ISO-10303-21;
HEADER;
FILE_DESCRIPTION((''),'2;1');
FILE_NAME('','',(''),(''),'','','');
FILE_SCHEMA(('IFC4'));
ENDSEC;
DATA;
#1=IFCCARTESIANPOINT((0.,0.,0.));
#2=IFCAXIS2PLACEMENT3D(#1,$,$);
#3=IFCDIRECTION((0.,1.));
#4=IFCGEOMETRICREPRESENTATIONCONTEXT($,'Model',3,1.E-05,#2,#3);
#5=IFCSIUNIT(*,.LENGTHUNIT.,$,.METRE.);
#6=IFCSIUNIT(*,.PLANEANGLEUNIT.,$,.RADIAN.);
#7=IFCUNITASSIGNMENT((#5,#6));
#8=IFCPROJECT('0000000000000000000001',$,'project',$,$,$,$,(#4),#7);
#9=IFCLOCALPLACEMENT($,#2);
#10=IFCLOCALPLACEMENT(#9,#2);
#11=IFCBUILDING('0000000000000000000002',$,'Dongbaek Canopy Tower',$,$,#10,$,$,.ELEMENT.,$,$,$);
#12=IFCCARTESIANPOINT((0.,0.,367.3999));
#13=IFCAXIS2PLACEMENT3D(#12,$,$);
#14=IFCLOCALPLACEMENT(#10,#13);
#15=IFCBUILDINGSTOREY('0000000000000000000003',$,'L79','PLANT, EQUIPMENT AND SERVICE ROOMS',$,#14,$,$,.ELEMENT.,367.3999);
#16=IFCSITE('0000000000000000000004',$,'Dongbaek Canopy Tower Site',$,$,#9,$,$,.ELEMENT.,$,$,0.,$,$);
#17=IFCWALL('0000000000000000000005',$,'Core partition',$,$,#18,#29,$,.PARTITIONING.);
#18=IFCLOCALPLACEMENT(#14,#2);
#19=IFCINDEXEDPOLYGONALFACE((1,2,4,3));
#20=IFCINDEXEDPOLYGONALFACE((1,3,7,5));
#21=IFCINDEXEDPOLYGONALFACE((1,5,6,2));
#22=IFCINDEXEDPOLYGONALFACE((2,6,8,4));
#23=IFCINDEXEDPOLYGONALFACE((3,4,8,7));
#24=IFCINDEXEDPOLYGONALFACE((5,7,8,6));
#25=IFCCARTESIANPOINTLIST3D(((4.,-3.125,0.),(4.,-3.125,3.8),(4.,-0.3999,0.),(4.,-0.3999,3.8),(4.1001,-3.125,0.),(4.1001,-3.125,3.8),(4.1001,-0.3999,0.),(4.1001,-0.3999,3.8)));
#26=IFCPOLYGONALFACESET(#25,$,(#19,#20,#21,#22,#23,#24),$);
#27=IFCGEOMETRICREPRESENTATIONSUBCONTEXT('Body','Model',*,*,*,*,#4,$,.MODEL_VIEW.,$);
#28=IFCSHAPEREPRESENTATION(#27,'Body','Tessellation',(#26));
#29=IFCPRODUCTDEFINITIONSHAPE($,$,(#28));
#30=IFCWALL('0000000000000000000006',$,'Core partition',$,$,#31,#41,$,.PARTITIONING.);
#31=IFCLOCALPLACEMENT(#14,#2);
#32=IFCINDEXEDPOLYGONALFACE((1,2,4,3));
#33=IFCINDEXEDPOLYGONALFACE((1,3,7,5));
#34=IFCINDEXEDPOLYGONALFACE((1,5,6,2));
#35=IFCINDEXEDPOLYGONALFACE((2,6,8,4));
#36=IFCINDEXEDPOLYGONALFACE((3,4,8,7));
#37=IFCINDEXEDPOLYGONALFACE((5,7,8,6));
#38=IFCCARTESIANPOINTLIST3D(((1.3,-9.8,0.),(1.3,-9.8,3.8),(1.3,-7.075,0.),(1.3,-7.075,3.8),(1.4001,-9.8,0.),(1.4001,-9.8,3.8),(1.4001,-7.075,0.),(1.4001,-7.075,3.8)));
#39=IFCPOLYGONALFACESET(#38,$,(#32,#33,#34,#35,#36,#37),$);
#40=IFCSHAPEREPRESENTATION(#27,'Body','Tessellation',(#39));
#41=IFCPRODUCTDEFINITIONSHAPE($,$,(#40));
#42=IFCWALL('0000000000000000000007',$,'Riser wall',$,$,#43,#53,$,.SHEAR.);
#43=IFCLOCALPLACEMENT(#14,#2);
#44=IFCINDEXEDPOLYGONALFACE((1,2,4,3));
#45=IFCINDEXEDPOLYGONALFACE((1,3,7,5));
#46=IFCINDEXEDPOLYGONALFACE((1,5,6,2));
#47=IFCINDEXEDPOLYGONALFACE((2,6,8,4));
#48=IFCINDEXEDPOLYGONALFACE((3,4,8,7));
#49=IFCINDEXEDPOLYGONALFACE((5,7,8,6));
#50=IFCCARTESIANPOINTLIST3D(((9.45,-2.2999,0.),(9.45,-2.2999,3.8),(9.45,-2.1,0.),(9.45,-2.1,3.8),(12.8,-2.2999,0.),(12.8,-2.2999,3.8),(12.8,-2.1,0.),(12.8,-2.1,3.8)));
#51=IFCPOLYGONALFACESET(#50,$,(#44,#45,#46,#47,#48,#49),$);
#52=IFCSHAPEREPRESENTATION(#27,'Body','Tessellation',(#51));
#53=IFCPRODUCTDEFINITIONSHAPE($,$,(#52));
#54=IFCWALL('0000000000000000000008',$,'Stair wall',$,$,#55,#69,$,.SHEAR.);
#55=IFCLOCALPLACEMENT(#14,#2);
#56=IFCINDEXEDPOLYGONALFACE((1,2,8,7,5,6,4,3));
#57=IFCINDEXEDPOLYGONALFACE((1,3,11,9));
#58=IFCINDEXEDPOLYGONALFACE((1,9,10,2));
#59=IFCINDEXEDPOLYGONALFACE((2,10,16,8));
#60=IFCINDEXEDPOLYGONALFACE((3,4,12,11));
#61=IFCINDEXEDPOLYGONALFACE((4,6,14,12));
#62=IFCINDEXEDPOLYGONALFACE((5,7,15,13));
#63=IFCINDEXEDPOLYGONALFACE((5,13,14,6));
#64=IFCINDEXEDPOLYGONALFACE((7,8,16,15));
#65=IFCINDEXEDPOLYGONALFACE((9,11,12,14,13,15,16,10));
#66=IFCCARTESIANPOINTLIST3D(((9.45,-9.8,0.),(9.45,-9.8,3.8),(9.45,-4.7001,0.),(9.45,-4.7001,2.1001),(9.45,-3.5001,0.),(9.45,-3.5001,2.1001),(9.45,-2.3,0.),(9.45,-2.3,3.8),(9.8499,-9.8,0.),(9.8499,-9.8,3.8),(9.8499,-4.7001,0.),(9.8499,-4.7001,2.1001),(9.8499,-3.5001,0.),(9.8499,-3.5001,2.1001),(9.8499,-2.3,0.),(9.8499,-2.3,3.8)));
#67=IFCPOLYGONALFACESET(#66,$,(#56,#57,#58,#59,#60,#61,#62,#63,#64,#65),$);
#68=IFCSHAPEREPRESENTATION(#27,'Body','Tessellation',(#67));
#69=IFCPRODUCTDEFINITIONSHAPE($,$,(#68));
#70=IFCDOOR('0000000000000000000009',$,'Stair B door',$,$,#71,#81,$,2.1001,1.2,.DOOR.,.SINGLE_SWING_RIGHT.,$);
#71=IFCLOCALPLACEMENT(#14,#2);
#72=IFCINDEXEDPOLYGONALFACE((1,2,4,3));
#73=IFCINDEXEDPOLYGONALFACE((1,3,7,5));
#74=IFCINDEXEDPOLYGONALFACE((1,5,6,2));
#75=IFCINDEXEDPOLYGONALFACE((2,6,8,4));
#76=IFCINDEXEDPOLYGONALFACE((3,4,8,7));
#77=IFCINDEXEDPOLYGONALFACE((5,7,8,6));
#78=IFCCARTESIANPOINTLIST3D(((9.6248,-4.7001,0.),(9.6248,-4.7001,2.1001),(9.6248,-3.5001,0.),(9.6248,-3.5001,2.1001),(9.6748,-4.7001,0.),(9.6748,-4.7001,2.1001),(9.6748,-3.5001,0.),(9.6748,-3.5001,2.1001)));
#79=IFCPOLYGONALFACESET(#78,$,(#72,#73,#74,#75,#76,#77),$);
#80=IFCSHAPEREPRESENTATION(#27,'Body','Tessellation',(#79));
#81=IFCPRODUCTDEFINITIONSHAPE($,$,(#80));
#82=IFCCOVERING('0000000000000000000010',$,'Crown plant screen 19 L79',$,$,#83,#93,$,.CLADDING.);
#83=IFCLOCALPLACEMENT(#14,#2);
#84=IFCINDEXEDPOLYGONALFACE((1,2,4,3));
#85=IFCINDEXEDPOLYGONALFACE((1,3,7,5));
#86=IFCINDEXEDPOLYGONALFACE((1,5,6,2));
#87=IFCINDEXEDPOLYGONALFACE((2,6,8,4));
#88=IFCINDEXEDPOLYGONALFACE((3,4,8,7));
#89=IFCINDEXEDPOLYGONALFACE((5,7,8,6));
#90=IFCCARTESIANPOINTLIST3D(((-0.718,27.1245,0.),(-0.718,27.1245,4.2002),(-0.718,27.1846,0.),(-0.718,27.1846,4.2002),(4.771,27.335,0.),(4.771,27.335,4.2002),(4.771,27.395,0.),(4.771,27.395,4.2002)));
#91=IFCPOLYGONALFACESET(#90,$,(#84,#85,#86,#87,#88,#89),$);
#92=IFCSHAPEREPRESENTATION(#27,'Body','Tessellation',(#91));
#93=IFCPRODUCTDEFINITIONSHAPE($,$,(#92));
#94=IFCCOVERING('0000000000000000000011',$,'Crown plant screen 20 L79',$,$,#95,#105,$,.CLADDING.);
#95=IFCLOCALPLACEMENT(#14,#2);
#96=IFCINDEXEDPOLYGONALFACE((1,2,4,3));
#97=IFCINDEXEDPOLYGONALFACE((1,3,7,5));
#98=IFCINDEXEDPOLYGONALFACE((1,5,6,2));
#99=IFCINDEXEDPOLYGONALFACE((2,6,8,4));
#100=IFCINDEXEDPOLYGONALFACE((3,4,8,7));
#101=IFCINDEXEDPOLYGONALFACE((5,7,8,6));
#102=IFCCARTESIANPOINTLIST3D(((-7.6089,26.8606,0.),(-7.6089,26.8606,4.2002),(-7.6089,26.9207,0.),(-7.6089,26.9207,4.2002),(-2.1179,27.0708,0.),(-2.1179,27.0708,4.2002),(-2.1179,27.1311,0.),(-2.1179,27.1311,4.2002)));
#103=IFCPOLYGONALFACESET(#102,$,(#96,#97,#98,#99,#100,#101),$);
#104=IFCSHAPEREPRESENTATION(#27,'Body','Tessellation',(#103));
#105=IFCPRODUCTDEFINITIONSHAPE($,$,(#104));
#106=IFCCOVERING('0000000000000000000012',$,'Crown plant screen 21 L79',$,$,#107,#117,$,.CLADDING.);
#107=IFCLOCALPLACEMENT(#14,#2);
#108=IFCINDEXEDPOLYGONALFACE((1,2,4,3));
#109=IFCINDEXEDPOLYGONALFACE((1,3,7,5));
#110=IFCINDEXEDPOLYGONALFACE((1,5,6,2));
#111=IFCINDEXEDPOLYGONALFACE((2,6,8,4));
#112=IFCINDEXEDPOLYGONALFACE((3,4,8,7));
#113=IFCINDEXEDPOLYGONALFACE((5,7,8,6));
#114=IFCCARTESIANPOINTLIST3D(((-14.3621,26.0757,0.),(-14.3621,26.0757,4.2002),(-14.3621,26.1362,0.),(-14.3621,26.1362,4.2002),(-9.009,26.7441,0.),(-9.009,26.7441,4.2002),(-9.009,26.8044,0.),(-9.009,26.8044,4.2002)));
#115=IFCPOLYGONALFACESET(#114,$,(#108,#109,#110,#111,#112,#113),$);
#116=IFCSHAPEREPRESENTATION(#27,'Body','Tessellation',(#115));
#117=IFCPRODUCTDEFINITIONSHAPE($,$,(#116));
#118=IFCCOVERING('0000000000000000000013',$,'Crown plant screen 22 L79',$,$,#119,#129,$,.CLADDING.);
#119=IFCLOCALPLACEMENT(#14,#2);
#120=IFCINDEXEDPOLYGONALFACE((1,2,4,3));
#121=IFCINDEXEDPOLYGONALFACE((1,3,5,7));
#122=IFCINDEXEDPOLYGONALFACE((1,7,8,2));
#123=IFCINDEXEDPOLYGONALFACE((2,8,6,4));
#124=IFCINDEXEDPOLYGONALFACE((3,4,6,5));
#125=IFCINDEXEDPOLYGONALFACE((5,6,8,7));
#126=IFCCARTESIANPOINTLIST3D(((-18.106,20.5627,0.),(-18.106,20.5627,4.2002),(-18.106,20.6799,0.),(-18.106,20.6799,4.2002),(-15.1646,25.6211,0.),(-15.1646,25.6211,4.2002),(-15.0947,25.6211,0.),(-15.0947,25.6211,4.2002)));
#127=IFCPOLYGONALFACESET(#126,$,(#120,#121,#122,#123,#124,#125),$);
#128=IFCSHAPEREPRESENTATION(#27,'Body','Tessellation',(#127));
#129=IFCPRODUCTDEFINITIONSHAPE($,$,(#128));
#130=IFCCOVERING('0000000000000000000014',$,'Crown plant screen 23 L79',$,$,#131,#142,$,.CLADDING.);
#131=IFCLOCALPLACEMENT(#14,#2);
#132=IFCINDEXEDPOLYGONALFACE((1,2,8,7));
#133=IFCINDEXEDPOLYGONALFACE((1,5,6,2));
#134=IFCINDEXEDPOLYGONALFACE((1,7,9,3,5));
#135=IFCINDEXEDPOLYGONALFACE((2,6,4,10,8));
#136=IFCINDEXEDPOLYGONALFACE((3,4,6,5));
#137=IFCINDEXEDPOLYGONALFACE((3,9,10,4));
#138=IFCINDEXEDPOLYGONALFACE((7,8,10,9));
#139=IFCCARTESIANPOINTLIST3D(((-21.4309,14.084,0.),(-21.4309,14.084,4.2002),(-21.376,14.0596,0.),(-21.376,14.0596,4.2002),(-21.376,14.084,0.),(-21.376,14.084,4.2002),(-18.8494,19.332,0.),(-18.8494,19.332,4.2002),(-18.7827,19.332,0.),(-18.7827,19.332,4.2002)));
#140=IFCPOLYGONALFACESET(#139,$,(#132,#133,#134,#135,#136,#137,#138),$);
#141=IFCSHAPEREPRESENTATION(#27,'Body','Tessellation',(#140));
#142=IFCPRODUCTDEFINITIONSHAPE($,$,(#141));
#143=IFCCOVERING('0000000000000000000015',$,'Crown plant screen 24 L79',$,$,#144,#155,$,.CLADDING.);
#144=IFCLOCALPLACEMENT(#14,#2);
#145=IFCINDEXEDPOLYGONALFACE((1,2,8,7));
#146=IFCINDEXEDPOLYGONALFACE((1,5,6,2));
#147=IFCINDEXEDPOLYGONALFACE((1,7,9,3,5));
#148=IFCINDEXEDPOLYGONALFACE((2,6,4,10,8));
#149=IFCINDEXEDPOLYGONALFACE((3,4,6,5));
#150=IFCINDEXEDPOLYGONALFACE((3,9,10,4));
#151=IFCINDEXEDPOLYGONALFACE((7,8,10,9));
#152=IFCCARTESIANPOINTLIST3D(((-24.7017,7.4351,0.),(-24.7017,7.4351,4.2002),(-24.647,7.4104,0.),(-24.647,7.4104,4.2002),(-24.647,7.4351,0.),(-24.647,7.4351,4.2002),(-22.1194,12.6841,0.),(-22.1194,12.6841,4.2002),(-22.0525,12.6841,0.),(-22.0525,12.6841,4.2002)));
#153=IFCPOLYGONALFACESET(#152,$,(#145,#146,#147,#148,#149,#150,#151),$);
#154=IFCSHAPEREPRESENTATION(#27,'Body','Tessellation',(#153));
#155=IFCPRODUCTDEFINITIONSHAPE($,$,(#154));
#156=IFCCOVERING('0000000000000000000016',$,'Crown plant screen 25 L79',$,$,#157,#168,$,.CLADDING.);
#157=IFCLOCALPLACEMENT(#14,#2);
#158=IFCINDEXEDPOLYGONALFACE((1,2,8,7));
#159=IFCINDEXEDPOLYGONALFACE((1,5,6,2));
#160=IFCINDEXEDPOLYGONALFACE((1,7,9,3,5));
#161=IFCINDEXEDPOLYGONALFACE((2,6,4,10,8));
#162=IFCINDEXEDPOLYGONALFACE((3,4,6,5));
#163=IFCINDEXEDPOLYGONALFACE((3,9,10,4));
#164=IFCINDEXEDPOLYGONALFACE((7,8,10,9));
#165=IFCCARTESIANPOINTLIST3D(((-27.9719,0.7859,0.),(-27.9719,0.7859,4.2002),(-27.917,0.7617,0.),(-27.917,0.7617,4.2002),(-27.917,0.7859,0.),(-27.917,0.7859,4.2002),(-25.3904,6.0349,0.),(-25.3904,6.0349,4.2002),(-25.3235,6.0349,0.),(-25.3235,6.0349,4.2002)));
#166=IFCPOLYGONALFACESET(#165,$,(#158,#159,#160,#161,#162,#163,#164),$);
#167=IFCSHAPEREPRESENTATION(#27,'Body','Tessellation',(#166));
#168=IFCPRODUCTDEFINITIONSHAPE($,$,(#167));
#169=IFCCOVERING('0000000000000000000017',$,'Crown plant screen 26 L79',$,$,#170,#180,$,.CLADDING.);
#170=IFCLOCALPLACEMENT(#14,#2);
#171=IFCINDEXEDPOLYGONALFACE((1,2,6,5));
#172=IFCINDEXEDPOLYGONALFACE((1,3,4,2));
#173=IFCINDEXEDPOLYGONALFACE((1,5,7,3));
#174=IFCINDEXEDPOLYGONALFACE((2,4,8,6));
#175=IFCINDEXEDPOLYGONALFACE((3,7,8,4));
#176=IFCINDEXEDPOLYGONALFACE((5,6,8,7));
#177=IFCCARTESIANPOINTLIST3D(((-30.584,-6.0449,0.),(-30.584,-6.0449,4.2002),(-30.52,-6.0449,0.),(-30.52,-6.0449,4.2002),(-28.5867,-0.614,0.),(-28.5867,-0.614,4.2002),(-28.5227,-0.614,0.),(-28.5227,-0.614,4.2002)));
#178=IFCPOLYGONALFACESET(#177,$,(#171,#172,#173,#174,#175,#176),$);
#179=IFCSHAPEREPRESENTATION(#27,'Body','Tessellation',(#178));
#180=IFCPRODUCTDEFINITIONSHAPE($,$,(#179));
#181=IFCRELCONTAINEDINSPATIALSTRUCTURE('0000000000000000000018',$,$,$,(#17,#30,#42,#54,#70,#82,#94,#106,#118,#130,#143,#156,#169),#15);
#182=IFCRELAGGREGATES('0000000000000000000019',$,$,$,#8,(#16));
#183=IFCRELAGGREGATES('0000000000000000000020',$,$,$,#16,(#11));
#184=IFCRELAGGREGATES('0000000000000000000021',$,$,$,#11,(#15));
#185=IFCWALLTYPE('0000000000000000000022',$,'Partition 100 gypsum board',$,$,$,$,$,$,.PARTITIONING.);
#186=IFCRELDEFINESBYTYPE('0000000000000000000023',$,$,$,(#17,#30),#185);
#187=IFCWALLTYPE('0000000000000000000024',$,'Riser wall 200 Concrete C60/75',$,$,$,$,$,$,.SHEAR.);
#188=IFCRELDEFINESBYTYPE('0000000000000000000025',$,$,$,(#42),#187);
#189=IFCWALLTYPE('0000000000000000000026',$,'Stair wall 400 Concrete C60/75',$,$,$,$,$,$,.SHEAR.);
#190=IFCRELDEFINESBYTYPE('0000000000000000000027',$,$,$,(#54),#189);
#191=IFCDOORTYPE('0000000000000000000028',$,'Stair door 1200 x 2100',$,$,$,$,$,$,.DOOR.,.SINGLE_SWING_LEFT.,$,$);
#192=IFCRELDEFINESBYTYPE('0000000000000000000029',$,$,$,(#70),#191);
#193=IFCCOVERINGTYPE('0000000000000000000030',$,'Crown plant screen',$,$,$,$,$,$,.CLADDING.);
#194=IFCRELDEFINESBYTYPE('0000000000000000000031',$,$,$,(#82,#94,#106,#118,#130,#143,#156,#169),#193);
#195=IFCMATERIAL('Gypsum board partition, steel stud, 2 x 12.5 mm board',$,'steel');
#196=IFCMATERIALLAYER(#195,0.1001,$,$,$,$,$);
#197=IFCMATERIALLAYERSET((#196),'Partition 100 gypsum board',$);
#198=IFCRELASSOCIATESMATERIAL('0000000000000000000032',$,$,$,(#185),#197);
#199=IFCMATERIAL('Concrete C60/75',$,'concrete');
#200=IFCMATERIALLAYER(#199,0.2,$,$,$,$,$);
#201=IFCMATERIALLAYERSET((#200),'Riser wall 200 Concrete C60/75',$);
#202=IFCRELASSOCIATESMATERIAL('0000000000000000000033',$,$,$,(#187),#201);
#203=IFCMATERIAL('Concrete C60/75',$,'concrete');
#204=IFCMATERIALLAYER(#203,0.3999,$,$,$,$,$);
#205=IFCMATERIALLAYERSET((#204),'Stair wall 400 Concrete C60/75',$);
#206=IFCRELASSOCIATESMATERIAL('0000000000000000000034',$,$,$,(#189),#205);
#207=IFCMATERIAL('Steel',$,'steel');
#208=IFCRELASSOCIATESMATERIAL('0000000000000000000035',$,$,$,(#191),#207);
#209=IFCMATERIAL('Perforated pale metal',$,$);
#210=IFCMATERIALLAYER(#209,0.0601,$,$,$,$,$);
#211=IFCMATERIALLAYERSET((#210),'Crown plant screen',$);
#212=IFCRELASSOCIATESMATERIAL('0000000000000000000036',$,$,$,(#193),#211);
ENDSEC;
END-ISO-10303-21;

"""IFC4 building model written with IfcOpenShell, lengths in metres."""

from ifc_helpers import new_model, si_unit, direction, frame, frame_2d, origin, place, context, subcontext, project, spatial, polyline, rectangle, outline, extrude, material, layer, layer_set, type_object, element, fill, save


model = new_model("IFC4")

# Units and contexts
model_context = context("Model", 3, precision=1e-05, world=origin(), true_north=direction((0.0, 1.0)))
body_context = subcontext(model_context, "Body", "Model", "MODEL_VIEW")
ifc_project = project(units=[si_unit("LENGTHUNIT", "METRE"), si_unit("PLANEANGLEUNIT", "RADIAN")], contexts=[model_context])

# Site, building, storey
site_placement = place(None, origin())
site = spatial("IfcSite", under=ifc_project, at=site_placement, Name="Dongbaek Canopy Tower Site", CompositionType="ELEMENT", RefElevation=0.0)
building_placement = place(site_placement, origin())
building = spatial("IfcBuilding", under=site, at=building_placement, Name="Dongbaek Canopy Tower", CompositionType="ELEMENT")
storey_placement = place(building_placement, frame((0.0, 0.0, 367.3999)))
storey = spatial("IfcBuildingStorey", under=building, at=storey_placement, Name="L79", Description="PLANT, EQUIPMENT AND SERVICE ROOMS", CompositionType="ELEMENT", Elevation=367.3999)

# Walls
ifc_material_1 = material(Name="Gypsum board partition, steel stud, 2 x 12.5 mm board", Category="steel")
ifc_layer_1 = layer(ifc_material_1, 0.1001)
ifc_layer_set_1 = layer_set([ifc_layer_1], Name="Partition 100 gypsum board")
wall_type_1 = type_object("IfcWallType", Name="Partition 100 gypsum board", PredefinedType="PARTITIONING", material=ifc_layer_set_1)
for number, where, z_axis, x_axis, name in (
    (1, (4.05, -3.125, 0.0), (0.0, 0.0, 1.0), (0.0, 1.0, 0.0), "Core partition"),
    (2, (1.3501, -9.8, 0.0), (0.0, 0.0, 1.0), (0.0, 1.0, 0.0), "Core partition"),
):
    element("IfcWall", number, at=place(storey_placement, frame(where, z_axis=z_axis, x_axis=x_axis)), inside=storey, type_object=wall_type_1, Name=name, PredefinedType="PARTITIONING", context=body_context, shape_type="SweptSolid", body=[
        extrude(rectangle(XDim=2.7251, YDim=0.1001, at=frame_2d((1.3625, 0.0))), origin(), (0.0, 0.0, 1.0), 3.8),
    ])
ifc_material_2 = material(Name="Concrete C60/75", Category="concrete")
ifc_layer_2 = layer(ifc_material_2, 0.2)
ifc_layer_set_2 = layer_set([ifc_layer_2], Name="Riser wall 200 Concrete C60/75")
wall_type_2 = type_object("IfcWallType", Name="Riser wall 200 Concrete C60/75", PredefinedType="SHEAR", material=ifc_layer_set_2)
wall_1_placement = place(storey_placement, frame((9.45, -2.2, 0.0), z_axis=(0.0, 0.0, 1.0), x_axis=(1.0, 0.0, 0.0)))
element("IfcWall", 3, at=wall_1_placement, inside=storey, type_object=wall_type_2, Name="Riser wall", PredefinedType="SHEAR", context=body_context, shape_type="SweptSolid", body=[
    extrude(rectangle(XDim=3.3501, YDim=0.2, at=frame_2d((1.675, 0.0))), origin(), (0.0, 0.0, 1.0), 3.8),
])

# Wall, opening, door
ifc_material_3 = material(Name="Concrete C60/75", Category="concrete")
ifc_layer_3 = layer(ifc_material_3, 0.3999)
ifc_layer_set_3 = layer_set([ifc_layer_3], Name="Stair wall 400 Concrete C60/75")
wall_type_3 = type_object("IfcWallType", Name="Stair wall 400 Concrete C60/75", PredefinedType="SHEAR", material=ifc_layer_set_3)
wall_2_placement = place(storey_placement, frame((9.6499, -2.3, 0.0), z_axis=(0.0, 0.0, 1.0), x_axis=(0.0, -1.0, 0.0)))
wall_2 = element("IfcWall", 4, at=wall_2_placement, inside=storey, type_object=wall_type_3, Name="Stair wall", PredefinedType="SHEAR", context=body_context, shape_type="SweptSolid", body=[
    extrude(rectangle(XDim=7.5, YDim=0.3999, at=frame_2d((3.75, 0.0))), origin(), (0.0, 0.0, 1.0), 3.8),
])
opening_1_placement = place(wall_2_placement, frame((1.2, 0.0, 0.0)))
opening_1 = element("IfcOpeningElement", 5, at=opening_1_placement, cuts=wall_2, PredefinedType="OPENING", context=body_context, shape_type="SweptSolid", body=[
    extrude(rectangle(XDim=1.2, YDim=2.1001, at=frame_2d((0.6001, 1.05))), frame((0.0, 0.21, 0.0), z_axis=(0.0, -1.0, 0.0), x_axis=(1.0, 0.0, 0.0)), (0.0, 0.0, 1.0), 0.4199),
])
ifc_material_4 = material(Name="Steel", Category="steel")
door_type_1 = type_object("IfcDoorType", Name="Stair door 1200 x 2100", OperationType="SINGLE_SWING_LEFT", PredefinedType="DOOR", material=ifc_material_4)
door_1_placement = place(opening_1_placement, origin())
door_1 = element("IfcDoor", 6, at=door_1_placement, inside=storey, type_object=door_type_1, Name="Stair B door", OperationType="SINGLE_SWING_RIGHT", OverallHeight=2.1001, OverallWidth=1.2, PredefinedType="DOOR", context=body_context, shape_type="SweptSolid", body=[
    extrude(rectangle(XDim=1.2, YDim=2.1001, at=frame_2d((0.6001, 1.05))), frame((0.0, 0.0249, 0.0), z_axis=(0.0, -1.0, 0.0), x_axis=(1.0, 0.0, 0.0)), (0.0, 0.0, 1.0), 0.05),
])
fill(opening_1, door_1)

# Coverings
ifc_material_5 = material(Name="Perforated pale metal")
ifc_layer_4 = layer(ifc_material_5, 0.0601)
ifc_layer_set_4 = layer_set([ifc_layer_4], Name="Crown plant screen")
covering_type_1 = type_object("IfcCoveringType", Name="Crown plant screen", PredefinedType="CLADDING", material=ifc_layer_set_4)
covering_1_placement = place(storey_placement, origin())
element("IfcCovering", 7, at=covering_1_placement, inside=storey, type_object=covering_type_1, Name="Crown plant screen 19 L79", PredefinedType="CLADDING", context=body_context, shape_type="SweptSolid", body=[
    extrude(outline(polyline([(4.771, 27.395), (4.771, 27.335), (-0.718, 27.1245), (-0.718, 27.1846), (4.771, 27.395)])), origin(), (0.0, 0.0, 1.0), 4.2002),
])
covering_2_placement = place(storey_placement, origin())
element("IfcCovering", 8, at=covering_2_placement, inside=storey, type_object=covering_type_1, Name="Crown plant screen 20 L79", PredefinedType="CLADDING", context=body_context, shape_type="SweptSolid", body=[
    extrude(outline(polyline([(-2.1179, 27.1311), (-2.1179, 27.0708), (-7.6089, 26.8606), (-7.6089, 26.9207), (-2.1179, 27.1311)])), origin(), (0.0, 0.0, 1.0), 4.2002),
])
covering_3_placement = place(storey_placement, origin())
element("IfcCovering", 9, at=covering_3_placement, inside=storey, type_object=covering_type_1, Name="Crown plant screen 21 L79", PredefinedType="CLADDING", context=body_context, shape_type="SweptSolid", body=[
    extrude(outline(polyline([(-9.009, 26.8044), (-9.009, 26.7441), (-14.3621, 26.0757), (-14.3621, 26.1362), (-9.009, 26.8044)])), origin(), (0.0, 0.0, 1.0), 4.2002),
])
covering_4_placement = place(storey_placement, origin())
element("IfcCovering", 10, at=covering_4_placement, inside=storey, type_object=covering_type_1, Name="Crown plant screen 22 L79", PredefinedType="CLADDING", context=body_context, shape_type="SweptSolid", body=[
    extrude(outline(polyline([(-15.1646, 25.6211), (-15.0947, 25.6211), (-18.106, 20.5627), (-18.106, 20.6799), (-15.1646, 25.6211)])), origin(), (0.0, 0.0, 1.0), 4.2002),
])
covering_5_placement = place(storey_placement, origin())
element("IfcCovering", 11, at=covering_5_placement, inside=storey, type_object=covering_type_1, Name="Crown plant screen 23 L79", PredefinedType="CLADDING", context=body_context, shape_type="SweptSolid", body=[
    extrude(outline(polyline([(-18.8494, 19.332), (-18.7827, 19.332), (-21.376, 14.0596), (-21.376, 14.084), (-21.4309, 14.084), (-18.8494, 19.332)])), origin(), (0.0, 0.0, 1.0), 4.2002),
])
covering_6_placement = place(storey_placement, origin())
element("IfcCovering", 12, at=covering_6_placement, inside=storey, type_object=covering_type_1, Name="Crown plant screen 24 L79", PredefinedType="CLADDING", context=body_context, shape_type="SweptSolid", body=[
    extrude(outline(polyline([(-22.1194, 12.6841), (-22.0525, 12.6841), (-24.647, 7.4104), (-24.647, 7.4351), (-24.7017, 7.4351), (-22.1194, 12.6841)])), origin(), (0.0, 0.0, 1.0), 4.2002),
])
covering_7_placement = place(storey_placement, origin())
element("IfcCovering", 13, at=covering_7_placement, inside=storey, type_object=covering_type_1, Name="Crown plant screen 25 L79", PredefinedType="CLADDING", context=body_context, shape_type="SweptSolid", body=[
    extrude(outline(polyline([(-25.3904, 6.0349), (-25.3235, 6.0349), (-27.917, 0.7617), (-27.917, 0.7859), (-27.9719, 0.7859), (-25.3904, 6.0349)])), origin(), (0.0, 0.0, 1.0), 4.2002),
])
covering_8_placement = place(storey_placement, origin())
element("IfcCovering", 14, at=covering_8_placement, inside=storey, type_object=covering_type_1, Name="Crown plant screen 26 L79", PredefinedType="CLADDING", context=body_context, shape_type="SweptSolid", body=[
    extrude(outline(polyline([(-28.5867, -0.614), (-28.5227, -0.614), (-30.52, -6.0449), (-30.584, -6.0449), (-28.5867, -0.614)])), origin(), (0.0, 0.0, 1.0), 4.2002),
])

save(model, "model.ifc")
